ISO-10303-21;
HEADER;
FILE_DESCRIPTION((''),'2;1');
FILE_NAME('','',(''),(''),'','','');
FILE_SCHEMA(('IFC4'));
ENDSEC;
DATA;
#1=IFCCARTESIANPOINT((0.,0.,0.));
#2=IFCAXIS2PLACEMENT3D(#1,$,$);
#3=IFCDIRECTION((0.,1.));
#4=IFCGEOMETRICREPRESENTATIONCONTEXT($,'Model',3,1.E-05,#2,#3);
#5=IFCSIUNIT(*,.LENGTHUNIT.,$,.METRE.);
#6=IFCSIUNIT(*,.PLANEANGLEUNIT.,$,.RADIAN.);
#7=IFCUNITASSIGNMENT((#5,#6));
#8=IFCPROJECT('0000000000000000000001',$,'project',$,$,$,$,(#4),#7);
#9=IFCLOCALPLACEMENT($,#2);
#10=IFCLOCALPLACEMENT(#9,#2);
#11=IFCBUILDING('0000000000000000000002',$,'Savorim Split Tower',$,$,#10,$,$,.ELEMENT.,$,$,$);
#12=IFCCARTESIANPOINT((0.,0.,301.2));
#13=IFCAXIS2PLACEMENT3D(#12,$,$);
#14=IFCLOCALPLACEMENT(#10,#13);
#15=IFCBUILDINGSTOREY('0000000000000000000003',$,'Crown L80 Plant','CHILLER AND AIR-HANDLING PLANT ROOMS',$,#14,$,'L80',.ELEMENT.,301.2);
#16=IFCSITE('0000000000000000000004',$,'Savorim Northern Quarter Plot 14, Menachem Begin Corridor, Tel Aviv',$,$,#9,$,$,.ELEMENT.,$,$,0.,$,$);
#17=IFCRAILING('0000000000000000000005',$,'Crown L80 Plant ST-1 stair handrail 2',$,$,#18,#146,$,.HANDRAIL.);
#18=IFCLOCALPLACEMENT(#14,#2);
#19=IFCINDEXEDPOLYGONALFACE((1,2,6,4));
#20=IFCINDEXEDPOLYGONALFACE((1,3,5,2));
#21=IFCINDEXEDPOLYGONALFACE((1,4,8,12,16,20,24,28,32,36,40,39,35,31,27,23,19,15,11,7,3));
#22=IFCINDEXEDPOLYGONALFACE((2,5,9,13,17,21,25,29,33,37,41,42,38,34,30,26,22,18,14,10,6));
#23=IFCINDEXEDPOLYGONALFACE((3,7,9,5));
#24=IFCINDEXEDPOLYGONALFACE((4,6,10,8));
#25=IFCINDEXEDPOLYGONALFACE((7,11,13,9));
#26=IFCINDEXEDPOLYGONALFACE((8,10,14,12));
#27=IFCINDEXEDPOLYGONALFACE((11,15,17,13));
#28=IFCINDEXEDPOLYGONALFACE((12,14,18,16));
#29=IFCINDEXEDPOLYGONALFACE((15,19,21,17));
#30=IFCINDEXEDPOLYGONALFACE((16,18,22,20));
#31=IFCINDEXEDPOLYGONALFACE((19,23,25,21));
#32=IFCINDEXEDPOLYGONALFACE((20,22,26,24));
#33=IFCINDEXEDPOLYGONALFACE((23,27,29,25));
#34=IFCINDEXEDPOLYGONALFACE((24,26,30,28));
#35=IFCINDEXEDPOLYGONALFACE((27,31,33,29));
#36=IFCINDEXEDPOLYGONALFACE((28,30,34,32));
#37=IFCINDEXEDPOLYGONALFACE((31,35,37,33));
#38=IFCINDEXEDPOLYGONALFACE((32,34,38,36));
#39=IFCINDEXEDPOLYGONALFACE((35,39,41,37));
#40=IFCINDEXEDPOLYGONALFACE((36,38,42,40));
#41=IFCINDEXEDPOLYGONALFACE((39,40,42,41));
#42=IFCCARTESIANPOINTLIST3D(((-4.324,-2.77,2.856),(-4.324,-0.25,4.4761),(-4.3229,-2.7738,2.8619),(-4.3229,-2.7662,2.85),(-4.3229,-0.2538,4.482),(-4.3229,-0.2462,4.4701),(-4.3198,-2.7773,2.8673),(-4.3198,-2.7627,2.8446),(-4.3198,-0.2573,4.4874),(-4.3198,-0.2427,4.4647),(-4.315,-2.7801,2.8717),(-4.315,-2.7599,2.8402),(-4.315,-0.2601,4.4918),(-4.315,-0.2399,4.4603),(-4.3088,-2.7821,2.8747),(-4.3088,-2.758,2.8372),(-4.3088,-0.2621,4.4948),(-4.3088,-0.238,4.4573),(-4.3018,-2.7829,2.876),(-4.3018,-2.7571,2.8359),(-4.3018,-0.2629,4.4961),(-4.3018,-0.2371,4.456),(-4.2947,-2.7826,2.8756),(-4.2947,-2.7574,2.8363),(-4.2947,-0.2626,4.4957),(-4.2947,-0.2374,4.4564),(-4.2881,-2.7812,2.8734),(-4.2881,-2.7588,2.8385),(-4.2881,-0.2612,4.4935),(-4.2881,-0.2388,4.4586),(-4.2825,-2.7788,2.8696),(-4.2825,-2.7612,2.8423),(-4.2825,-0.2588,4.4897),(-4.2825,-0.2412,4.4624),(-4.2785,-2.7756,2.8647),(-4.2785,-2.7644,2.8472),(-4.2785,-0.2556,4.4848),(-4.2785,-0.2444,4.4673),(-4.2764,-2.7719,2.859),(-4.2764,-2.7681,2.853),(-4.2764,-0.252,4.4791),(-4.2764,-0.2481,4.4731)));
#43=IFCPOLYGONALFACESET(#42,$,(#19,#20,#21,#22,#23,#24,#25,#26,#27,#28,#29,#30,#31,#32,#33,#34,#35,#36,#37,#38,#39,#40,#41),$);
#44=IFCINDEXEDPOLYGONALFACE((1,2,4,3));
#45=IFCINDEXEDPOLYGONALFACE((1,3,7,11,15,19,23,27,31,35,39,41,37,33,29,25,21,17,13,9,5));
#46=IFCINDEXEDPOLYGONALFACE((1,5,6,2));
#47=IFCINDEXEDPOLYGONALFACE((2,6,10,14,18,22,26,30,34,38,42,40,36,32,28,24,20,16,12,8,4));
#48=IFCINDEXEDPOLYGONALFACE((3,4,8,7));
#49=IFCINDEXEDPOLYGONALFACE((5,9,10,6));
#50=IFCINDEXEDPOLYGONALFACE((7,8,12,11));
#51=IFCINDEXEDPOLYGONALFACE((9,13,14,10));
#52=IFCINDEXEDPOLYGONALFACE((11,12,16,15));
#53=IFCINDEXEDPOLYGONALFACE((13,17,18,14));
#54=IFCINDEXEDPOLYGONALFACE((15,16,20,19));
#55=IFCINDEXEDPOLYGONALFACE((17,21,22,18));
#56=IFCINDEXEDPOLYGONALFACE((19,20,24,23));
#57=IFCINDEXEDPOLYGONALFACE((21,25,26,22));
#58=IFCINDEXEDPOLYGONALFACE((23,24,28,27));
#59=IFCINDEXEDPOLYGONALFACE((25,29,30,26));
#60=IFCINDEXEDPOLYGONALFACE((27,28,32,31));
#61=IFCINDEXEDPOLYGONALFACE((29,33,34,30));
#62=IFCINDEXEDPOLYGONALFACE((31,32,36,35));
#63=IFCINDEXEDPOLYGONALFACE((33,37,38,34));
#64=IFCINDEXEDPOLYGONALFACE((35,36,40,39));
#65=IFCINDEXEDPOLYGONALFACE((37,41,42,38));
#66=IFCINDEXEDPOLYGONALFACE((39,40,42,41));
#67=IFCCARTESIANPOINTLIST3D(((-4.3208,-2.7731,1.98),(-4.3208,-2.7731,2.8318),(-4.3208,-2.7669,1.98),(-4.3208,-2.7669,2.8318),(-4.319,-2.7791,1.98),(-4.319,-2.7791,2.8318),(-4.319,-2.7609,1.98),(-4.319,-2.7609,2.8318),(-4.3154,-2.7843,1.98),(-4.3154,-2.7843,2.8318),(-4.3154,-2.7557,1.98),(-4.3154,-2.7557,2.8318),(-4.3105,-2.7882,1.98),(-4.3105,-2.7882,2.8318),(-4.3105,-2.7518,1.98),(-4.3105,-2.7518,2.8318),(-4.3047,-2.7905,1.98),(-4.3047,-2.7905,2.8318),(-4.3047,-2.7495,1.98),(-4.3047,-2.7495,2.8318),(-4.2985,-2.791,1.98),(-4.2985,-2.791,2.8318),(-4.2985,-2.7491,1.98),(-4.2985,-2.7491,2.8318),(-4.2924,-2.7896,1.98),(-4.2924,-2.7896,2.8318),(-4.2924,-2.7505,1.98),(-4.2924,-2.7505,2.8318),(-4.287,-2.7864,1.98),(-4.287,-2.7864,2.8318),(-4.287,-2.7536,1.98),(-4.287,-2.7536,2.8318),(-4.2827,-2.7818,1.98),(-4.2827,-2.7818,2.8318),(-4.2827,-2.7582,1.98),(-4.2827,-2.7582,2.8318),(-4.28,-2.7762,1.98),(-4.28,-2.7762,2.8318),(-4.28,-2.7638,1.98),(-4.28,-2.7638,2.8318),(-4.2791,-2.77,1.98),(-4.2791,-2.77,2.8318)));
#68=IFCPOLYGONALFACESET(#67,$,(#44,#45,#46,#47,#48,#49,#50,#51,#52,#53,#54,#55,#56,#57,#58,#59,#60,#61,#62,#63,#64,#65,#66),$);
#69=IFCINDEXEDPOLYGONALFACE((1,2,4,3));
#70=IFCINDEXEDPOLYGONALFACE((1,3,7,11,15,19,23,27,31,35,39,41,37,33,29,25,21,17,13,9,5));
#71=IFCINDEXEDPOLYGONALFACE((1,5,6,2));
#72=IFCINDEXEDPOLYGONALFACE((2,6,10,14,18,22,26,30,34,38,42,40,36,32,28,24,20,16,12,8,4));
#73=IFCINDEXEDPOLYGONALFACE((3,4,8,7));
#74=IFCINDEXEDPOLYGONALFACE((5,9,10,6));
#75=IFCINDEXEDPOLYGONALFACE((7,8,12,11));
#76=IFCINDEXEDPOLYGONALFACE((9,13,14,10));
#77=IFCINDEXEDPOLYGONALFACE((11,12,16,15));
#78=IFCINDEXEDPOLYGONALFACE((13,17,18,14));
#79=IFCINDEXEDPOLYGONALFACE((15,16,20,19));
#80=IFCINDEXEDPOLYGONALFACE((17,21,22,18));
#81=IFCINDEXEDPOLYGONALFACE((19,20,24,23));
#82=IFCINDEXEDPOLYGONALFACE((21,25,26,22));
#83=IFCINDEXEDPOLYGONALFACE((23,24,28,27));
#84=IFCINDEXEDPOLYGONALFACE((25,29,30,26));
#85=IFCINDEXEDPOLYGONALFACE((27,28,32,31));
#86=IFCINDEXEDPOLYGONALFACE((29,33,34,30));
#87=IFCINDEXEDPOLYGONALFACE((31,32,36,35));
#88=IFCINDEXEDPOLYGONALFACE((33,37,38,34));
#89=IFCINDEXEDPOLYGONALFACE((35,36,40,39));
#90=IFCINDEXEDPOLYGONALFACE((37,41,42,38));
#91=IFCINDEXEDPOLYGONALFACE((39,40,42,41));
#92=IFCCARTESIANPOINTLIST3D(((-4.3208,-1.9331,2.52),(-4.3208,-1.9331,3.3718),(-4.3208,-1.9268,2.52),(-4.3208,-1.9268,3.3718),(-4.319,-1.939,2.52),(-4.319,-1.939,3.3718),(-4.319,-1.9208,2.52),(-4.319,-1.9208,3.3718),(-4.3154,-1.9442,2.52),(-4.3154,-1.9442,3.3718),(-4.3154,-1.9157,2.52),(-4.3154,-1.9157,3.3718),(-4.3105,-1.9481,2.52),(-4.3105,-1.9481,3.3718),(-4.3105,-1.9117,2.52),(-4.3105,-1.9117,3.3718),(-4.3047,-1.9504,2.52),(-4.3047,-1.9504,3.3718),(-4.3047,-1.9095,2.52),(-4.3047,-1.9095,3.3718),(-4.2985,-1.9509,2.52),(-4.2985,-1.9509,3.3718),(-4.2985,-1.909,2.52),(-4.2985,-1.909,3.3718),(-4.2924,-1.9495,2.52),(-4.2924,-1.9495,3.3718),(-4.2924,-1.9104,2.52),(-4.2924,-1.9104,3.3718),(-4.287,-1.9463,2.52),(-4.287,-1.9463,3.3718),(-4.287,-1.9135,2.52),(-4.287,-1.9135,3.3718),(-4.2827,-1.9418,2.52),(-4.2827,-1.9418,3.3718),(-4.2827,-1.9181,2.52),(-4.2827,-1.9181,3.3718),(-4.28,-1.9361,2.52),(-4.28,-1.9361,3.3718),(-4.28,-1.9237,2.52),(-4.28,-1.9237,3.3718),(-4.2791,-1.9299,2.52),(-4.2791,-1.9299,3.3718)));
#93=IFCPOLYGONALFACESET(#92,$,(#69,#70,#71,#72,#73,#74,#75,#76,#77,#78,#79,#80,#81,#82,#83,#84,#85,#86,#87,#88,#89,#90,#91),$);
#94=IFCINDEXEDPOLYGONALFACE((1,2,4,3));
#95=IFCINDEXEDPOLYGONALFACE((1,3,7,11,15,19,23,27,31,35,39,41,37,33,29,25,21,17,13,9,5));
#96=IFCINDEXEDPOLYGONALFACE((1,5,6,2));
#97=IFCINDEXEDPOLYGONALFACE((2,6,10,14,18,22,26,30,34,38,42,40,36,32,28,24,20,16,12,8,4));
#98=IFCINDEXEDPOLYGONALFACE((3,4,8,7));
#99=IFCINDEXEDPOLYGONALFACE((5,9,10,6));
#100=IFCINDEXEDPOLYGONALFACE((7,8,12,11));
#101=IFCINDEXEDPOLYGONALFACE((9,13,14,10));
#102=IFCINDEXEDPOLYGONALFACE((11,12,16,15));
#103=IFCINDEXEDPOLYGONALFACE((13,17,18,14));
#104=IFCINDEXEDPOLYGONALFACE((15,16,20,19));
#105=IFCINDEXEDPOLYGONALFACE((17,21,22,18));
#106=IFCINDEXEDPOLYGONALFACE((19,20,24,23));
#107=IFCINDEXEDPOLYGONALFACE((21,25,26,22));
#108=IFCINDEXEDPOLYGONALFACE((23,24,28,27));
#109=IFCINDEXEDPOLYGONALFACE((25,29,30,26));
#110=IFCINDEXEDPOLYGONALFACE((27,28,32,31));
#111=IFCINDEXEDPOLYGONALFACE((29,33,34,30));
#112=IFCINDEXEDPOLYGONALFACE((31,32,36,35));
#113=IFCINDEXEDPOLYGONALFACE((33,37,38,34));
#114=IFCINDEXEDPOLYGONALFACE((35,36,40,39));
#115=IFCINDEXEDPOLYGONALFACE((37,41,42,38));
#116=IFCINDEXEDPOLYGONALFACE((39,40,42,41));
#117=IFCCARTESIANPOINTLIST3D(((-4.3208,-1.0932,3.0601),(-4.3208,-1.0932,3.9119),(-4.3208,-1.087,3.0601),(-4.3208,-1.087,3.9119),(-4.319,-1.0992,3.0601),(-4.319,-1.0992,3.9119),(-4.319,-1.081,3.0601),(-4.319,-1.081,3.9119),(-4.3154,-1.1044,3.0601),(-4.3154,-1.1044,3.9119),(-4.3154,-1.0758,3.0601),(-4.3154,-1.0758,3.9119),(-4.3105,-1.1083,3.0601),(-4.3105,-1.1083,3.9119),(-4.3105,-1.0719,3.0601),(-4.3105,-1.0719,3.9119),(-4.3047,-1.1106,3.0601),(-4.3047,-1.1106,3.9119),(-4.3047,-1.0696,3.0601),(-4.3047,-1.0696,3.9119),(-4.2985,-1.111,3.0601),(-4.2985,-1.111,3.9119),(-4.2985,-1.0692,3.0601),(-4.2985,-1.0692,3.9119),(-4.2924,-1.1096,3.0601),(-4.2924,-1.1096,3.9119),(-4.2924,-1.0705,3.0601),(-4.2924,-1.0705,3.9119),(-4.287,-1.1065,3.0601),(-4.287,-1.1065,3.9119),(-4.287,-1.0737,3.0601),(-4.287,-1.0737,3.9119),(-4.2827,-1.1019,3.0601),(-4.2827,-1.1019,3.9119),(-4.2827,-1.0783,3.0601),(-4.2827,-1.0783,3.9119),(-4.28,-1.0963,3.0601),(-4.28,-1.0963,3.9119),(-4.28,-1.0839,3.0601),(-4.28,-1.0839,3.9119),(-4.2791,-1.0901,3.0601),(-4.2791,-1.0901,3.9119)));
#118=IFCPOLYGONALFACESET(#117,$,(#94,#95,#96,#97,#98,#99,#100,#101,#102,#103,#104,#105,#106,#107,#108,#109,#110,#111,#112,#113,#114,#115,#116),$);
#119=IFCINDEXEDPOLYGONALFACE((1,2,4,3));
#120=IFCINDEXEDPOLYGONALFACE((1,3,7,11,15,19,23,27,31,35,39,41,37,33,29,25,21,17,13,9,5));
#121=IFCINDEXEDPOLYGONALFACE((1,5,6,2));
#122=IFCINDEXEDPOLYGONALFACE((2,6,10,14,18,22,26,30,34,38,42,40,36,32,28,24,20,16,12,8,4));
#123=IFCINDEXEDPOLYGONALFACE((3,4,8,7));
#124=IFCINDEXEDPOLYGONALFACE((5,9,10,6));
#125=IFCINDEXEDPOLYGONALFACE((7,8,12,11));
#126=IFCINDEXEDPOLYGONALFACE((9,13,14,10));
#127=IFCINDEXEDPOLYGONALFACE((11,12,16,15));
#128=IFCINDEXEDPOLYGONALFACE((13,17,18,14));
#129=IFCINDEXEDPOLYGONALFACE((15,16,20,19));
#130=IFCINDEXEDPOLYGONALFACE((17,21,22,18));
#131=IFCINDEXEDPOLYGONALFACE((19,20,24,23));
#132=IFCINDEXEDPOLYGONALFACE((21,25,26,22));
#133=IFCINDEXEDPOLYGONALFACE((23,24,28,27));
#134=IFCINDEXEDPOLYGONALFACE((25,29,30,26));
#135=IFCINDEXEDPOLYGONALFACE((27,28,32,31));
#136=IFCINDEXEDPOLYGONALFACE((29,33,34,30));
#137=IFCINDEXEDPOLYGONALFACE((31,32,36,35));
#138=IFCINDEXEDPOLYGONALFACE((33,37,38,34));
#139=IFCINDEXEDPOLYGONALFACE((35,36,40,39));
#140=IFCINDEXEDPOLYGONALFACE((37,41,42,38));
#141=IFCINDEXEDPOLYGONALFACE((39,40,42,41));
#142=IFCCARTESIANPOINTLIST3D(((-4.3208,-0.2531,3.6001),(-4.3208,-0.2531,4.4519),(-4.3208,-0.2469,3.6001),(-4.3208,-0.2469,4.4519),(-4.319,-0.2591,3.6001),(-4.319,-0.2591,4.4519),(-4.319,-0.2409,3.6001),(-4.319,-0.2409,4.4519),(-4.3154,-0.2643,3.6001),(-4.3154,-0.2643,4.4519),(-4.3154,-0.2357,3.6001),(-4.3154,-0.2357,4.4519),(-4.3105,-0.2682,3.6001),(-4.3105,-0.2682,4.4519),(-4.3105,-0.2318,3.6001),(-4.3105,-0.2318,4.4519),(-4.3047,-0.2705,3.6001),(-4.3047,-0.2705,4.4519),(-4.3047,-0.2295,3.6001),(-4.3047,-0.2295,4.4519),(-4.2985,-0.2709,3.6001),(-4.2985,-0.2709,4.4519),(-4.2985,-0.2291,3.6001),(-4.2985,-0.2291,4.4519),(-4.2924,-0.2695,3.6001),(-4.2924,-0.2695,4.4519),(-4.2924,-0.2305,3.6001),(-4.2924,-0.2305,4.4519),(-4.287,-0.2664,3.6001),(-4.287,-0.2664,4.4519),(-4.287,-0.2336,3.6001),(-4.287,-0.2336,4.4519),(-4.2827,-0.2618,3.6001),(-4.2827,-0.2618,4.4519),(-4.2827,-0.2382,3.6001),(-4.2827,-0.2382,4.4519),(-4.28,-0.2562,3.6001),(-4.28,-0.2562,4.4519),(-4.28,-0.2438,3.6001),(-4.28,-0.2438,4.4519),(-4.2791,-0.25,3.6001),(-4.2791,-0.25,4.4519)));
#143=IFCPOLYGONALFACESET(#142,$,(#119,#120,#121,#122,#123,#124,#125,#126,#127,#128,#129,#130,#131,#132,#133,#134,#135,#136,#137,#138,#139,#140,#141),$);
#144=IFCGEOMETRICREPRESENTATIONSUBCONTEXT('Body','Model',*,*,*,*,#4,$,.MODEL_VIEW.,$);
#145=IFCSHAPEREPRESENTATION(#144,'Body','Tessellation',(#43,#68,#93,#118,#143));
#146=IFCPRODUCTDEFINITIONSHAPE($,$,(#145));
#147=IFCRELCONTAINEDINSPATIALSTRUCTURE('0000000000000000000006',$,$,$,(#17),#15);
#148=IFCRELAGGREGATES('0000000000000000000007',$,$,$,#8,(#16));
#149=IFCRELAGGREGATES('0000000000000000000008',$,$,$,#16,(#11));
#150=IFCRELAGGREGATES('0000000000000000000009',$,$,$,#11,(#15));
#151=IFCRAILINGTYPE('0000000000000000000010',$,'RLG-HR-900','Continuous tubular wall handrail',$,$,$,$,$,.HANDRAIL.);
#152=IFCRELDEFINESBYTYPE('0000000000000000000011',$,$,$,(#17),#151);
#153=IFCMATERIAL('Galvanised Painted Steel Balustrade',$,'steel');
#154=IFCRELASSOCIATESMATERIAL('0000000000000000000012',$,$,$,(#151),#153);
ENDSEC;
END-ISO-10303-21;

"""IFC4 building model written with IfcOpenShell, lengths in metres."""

from ifc_helpers import new_model, si_unit, direction, frame, origin, origin_2d, place, context, subcontext, project, spatial, circle, extrude, material, type_object, element, save


model = new_model("IFC4")

# Units and contexts
model_context = context("Model", 3, precision=1e-05, world=origin(), true_north=direction((0.0, 1.0)))
body_context = subcontext(model_context, "Body", "Model", "MODEL_VIEW")
ifc_project = project(units=[si_unit("LENGTHUNIT", "METRE"), si_unit("PLANEANGLEUNIT", "RADIAN")], contexts=[model_context])

# Site, building, storey
site_placement = place(None, origin())
site = spatial("IfcSite", under=ifc_project, at=site_placement, Name="Savorim Northern Quarter Plot 14, Menachem Begin Corridor, Tel Aviv", CompositionType="ELEMENT", RefElevation=0.0)
building_placement = place(site_placement, origin())
building = spatial("IfcBuilding", under=site, at=building_placement, Name="Savorim Split Tower", CompositionType="ELEMENT")
storey_placement = place(building_placement, frame((0.0, 0.0, 301.2)))
storey = spatial("IfcBuildingStorey", under=building, at=storey_placement, Name="Crown L80 Plant", Description="CHILLER AND AIR-HANDLING PLANT ROOMS", LongName="L80", CompositionType="ELEMENT", Elevation=301.2)

# Railing
ifc_material_1 = material(Name="Galvanised Painted Steel Balustrade", Category="steel")
railing_type_1 = type_object("IfcRailingType", Name="RLG-HR-900", Description="Continuous tubular wall handrail", PredefinedType="HANDRAIL", material=ifc_material_1)
railing_1_placement = place(storey_placement, frame((-4.3, -2.77, 1.98)))
element("IfcRailing", 1, at=railing_1_placement, inside=storey, type_object=railing_type_1, Name="Crown L80 Plant ST-1 stair handrail 2", PredefinedType="HANDRAIL", context=body_context, shape_type="SweptSolid", body=[
    extrude(circle(Radius=0.0239, at=origin_2d()), frame((0.0, 0.0, 0.876), z_axis=(0.0, 0.841163, 0.540782), x_axis=(-1.0, 0.0, 0.0)), (0.0, 0.0, 1.0), 2.9958),
    extrude(circle(Radius=0.021, at=origin_2d()), origin(), (0.0, 0.0, 1.0), 0.8518),
    extrude(circle(Radius=0.021, at=origin_2d()), frame((0.0, 0.8401, 0.54)), (0.0, 0.0, 1.0), 0.8518),
    extrude(circle(Radius=0.021, at=origin_2d()), frame((0.0, 1.6799, 1.0801)), (0.0, 0.0, 1.0), 0.8518),
    extrude(circle(Radius=0.021, at=origin_2d()), frame((0.0, 2.52, 1.6201)), (0.0, 0.0, 1.0), 0.8518),
])

save(model, "model.ifc")
